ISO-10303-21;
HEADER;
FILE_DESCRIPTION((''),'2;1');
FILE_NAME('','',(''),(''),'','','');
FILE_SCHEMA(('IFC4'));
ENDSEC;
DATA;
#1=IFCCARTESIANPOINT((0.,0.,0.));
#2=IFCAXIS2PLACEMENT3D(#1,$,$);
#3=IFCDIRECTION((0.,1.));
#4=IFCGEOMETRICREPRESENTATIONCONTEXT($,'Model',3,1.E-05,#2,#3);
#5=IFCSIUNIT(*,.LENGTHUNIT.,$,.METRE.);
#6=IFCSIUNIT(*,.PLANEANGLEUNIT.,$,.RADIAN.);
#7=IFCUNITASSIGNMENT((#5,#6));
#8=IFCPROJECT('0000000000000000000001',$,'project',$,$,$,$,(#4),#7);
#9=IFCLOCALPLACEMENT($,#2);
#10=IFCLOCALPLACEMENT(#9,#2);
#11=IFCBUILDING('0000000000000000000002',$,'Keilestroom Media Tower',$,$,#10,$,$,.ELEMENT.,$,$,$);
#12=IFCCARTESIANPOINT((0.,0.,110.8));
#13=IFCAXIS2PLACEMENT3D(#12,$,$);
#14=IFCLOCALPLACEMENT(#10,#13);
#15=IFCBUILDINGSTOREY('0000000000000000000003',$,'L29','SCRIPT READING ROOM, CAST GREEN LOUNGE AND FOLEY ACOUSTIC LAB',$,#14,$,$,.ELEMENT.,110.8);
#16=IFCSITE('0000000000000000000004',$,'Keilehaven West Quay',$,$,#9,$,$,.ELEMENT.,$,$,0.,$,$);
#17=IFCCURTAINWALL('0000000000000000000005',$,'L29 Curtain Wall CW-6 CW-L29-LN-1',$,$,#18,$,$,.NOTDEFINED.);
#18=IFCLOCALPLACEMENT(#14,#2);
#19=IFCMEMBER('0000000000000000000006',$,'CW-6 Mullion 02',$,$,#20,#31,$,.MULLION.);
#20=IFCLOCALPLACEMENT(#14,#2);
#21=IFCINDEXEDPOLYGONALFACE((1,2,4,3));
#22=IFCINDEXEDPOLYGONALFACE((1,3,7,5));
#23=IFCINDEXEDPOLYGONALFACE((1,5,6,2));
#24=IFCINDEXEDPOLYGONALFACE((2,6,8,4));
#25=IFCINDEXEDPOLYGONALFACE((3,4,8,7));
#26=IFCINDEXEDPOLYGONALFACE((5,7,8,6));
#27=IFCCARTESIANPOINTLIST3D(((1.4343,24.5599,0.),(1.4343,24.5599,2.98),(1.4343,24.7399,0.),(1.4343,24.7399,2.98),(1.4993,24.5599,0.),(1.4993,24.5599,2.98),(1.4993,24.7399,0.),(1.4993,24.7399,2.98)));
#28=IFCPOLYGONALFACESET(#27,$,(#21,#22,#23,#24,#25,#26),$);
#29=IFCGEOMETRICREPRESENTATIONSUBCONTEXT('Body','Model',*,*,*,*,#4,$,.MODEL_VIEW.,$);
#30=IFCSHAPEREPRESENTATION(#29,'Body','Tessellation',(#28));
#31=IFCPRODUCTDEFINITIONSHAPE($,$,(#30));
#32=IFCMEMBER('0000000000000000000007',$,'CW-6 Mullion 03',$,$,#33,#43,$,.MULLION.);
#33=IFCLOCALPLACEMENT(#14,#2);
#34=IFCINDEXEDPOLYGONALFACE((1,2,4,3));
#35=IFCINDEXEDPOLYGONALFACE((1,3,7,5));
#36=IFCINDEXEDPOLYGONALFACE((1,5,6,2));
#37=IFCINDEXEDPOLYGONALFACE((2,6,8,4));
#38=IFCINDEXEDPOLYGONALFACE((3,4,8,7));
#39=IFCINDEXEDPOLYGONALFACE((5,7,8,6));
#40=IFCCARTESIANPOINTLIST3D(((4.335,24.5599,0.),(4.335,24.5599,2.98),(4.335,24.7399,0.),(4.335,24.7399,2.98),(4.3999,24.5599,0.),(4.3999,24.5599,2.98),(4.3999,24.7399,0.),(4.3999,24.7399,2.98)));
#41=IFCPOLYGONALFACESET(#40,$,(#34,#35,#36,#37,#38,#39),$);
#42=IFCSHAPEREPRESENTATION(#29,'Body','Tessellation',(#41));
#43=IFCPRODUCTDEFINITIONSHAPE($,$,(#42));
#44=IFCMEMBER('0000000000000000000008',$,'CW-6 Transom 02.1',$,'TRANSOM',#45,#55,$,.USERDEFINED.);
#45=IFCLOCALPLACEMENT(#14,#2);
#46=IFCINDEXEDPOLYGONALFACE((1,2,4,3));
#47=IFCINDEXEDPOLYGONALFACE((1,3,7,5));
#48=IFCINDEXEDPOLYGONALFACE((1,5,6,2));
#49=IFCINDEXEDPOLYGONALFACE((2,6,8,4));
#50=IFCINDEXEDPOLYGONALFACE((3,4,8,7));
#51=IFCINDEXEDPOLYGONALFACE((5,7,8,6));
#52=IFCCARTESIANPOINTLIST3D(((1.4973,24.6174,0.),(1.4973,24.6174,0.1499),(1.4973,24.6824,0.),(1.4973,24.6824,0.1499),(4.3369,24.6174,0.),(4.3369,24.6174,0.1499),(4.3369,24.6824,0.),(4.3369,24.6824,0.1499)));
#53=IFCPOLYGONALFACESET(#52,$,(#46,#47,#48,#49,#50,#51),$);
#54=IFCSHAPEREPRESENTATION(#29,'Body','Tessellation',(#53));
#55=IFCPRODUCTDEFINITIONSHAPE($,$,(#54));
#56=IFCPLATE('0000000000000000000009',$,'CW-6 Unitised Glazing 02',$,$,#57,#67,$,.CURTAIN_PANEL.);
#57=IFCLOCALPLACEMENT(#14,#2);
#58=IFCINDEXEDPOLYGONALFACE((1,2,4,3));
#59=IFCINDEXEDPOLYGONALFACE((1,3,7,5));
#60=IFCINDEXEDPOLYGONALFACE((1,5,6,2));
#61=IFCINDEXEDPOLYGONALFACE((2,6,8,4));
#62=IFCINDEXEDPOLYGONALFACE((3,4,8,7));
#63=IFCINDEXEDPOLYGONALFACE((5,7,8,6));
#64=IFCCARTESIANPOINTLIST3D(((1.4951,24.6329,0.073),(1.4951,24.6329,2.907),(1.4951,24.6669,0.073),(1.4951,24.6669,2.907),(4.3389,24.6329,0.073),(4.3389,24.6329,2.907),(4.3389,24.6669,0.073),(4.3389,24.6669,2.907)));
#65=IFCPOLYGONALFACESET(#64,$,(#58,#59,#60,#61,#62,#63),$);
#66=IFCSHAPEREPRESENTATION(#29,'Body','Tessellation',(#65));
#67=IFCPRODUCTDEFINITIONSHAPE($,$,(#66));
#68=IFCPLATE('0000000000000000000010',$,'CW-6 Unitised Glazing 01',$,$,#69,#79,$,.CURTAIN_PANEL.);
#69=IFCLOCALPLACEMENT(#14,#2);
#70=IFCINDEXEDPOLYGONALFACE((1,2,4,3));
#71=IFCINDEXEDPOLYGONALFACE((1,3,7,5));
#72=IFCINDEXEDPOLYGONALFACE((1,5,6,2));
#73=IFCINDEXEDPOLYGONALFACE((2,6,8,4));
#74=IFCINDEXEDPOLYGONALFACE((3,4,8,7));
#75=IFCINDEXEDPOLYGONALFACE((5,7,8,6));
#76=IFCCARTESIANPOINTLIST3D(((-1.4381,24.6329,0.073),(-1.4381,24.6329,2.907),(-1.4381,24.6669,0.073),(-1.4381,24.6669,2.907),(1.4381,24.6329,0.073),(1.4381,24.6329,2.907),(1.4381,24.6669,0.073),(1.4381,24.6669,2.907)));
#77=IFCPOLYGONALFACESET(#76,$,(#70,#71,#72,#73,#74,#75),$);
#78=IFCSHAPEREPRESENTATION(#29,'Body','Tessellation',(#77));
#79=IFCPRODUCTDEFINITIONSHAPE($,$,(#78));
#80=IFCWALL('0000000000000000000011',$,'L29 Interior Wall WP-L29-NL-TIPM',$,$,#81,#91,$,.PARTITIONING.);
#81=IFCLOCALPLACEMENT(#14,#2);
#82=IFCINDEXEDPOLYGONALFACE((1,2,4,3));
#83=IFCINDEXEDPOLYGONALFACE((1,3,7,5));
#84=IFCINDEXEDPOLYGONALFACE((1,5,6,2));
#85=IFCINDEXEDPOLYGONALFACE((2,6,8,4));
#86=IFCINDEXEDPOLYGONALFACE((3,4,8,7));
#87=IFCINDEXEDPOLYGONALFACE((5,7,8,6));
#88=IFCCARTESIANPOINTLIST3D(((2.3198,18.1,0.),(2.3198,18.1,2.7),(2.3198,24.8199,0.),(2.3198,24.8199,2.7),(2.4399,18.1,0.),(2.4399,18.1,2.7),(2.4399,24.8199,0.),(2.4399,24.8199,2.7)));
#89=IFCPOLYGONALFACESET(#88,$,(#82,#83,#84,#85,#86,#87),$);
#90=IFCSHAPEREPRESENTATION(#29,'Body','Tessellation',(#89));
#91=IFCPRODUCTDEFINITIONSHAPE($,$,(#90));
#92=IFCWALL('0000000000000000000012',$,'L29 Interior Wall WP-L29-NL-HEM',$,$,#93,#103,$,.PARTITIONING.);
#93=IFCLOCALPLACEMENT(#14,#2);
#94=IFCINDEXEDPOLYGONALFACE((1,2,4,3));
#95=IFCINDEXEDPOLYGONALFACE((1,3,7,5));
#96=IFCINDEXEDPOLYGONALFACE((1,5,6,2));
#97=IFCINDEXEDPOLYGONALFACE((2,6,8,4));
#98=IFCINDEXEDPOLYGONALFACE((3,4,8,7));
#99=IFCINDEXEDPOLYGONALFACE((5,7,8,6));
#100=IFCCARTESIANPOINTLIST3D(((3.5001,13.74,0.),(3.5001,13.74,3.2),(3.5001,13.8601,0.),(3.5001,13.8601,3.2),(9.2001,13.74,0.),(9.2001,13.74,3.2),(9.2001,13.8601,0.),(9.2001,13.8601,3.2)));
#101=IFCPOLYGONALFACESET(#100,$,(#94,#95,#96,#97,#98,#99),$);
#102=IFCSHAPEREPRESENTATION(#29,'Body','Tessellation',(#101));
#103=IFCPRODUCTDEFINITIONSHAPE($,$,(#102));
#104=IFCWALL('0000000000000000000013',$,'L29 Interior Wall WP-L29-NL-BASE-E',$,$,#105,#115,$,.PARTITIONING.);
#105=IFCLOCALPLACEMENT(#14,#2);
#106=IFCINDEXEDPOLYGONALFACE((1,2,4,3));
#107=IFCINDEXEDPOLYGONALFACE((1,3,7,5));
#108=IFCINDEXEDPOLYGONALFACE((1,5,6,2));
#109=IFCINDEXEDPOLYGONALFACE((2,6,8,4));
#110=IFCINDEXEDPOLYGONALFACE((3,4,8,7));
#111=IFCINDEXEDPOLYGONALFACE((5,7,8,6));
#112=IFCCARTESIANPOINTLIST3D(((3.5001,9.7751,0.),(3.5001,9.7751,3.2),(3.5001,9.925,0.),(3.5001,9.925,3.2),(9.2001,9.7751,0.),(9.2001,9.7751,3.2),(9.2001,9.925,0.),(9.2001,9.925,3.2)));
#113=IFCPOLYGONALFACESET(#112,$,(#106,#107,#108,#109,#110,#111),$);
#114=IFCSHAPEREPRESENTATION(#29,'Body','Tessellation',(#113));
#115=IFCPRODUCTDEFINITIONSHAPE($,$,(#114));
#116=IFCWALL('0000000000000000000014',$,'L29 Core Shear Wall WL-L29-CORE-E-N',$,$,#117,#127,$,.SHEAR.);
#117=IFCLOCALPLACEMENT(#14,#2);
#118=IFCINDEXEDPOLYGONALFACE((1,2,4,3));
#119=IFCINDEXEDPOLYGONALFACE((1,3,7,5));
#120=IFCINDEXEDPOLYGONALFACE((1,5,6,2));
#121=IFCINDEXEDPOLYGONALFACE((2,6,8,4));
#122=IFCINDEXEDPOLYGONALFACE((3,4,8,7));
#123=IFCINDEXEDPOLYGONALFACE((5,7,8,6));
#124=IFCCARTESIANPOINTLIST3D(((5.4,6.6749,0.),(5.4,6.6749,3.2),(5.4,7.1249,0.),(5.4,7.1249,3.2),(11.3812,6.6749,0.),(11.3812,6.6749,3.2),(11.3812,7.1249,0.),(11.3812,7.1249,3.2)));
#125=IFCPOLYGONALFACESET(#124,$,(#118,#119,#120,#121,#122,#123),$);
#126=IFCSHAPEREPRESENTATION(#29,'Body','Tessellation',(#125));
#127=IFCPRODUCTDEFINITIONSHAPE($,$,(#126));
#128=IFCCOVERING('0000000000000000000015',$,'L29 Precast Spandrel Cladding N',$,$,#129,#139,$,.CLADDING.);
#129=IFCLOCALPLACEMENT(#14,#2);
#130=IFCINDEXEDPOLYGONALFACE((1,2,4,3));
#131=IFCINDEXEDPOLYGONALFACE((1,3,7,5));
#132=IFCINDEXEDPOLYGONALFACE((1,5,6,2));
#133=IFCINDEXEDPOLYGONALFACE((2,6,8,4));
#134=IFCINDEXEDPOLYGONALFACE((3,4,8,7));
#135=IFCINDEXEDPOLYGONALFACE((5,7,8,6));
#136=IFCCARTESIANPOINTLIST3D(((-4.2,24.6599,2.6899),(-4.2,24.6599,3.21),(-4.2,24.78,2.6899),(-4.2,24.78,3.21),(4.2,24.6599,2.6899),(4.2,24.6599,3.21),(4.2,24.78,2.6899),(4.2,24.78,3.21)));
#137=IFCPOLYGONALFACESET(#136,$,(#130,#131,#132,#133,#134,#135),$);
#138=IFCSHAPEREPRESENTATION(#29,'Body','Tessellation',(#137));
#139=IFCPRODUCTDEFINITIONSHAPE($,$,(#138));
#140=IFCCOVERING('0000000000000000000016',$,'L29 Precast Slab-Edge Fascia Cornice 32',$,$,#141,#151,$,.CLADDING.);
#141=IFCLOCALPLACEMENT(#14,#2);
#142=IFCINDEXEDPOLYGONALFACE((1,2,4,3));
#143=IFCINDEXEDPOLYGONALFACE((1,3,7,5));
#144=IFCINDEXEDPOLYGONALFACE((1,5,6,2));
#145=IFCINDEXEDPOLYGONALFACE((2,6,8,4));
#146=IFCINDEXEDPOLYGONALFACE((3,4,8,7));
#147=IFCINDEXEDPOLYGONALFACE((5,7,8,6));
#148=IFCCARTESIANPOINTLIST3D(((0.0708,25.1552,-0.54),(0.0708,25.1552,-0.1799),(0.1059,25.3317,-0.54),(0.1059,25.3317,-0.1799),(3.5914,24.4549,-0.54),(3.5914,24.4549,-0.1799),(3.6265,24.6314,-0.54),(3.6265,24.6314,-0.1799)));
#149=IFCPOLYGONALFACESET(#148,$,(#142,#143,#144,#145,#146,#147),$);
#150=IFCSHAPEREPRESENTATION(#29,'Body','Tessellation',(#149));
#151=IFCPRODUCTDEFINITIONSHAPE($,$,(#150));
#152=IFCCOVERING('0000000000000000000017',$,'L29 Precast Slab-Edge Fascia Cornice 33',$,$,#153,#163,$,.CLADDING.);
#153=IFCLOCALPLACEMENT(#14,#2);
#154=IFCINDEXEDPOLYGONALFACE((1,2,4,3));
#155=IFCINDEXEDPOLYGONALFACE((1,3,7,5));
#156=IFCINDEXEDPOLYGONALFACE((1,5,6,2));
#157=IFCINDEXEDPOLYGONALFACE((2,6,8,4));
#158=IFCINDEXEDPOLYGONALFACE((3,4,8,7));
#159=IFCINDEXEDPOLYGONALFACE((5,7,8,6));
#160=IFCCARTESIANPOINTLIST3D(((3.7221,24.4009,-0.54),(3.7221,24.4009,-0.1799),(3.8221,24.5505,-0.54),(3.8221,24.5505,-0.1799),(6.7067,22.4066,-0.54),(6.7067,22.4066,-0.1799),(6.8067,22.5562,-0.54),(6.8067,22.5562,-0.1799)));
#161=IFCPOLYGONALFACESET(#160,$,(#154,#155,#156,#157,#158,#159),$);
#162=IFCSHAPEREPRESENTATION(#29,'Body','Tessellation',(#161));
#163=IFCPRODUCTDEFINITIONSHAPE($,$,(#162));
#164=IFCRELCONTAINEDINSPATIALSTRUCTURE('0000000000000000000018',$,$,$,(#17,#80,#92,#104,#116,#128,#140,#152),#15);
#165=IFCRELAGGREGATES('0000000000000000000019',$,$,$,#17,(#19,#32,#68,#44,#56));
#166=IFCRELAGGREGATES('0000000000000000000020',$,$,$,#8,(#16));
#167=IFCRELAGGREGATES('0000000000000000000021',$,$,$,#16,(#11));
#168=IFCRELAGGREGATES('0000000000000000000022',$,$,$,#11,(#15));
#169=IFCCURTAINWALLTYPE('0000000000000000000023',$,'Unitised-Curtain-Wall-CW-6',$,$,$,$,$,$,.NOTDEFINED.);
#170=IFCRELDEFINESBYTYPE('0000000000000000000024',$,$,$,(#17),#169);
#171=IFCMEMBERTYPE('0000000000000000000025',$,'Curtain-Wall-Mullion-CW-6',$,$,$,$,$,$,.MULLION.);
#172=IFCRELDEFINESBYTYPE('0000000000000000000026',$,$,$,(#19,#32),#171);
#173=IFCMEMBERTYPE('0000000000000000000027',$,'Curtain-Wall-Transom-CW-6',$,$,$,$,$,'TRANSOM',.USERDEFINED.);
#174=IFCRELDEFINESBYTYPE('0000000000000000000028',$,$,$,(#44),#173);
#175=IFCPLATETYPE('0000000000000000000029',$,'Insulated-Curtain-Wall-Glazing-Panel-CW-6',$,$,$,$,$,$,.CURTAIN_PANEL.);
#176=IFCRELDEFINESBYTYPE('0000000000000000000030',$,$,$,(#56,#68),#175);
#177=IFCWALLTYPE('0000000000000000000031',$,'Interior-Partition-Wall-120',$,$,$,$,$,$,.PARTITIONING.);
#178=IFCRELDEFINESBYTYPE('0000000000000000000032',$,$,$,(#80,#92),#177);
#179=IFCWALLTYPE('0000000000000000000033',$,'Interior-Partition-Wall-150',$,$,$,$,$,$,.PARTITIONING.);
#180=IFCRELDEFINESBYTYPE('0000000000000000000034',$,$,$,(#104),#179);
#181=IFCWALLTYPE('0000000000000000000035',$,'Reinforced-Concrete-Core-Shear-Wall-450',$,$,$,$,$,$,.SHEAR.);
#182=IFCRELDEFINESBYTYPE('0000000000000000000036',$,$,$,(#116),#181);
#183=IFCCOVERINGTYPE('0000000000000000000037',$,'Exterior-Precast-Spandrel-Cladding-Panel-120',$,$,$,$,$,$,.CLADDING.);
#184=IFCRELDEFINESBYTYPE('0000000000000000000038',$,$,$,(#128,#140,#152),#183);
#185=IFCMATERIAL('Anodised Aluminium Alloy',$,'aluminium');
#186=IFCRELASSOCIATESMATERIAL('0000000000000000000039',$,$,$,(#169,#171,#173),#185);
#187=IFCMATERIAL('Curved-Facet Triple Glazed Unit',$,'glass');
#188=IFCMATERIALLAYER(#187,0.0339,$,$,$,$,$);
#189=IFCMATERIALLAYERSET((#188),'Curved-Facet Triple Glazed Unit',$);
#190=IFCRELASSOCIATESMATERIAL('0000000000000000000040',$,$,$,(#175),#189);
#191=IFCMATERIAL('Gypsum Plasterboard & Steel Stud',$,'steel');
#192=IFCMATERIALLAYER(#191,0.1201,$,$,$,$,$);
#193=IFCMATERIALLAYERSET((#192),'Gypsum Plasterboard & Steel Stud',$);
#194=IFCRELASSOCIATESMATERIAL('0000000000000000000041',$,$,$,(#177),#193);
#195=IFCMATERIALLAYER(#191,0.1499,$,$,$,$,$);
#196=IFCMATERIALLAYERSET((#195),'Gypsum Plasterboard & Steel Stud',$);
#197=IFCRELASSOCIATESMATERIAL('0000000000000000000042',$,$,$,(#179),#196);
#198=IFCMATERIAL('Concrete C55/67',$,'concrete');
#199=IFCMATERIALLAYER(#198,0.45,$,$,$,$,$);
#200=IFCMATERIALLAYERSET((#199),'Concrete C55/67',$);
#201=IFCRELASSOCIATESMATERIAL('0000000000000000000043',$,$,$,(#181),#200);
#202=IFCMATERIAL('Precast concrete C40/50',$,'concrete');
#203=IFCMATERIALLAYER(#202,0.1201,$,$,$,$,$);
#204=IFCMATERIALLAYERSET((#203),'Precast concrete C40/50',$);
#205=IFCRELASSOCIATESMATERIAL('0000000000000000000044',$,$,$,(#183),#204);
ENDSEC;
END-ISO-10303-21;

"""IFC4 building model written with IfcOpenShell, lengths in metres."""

from ifc_helpers import new_model, si_unit, direction, frame, frame_2d, origin, origin_2d, place, context, subcontext, project, spatial, rectangle, extrude, source, transform, mapped, material, layer, layer_set, material_profile, profile_set, type_object, element, aggregate, save


model = new_model("IFC4")

# Units and contexts
model_context = context("Model", 3, precision=1e-05, world=origin(), true_north=direction((0.0, 1.0)))
body_context = subcontext(model_context, "Body", "Model", "MODEL_VIEW")
ifc_project = project(units=[si_unit("LENGTHUNIT", "METRE"), si_unit("PLANEANGLEUNIT", "RADIAN")], contexts=[model_context])

# Site, building, storey
site_placement = place(None, origin())
site = spatial("IfcSite", under=ifc_project, at=site_placement, Name="Keilehaven West Quay", CompositionType="ELEMENT", RefElevation=0.0)
building_placement = place(site_placement, origin())
building = spatial("IfcBuilding", under=site, at=building_placement, Name="Keilestroom Media Tower", CompositionType="ELEMENT")
storey_placement = place(building_placement, frame((0.0, 0.0, 110.8)))
storey = spatial("IfcBuildingStorey", under=building, at=storey_placement, Name="L29", Description="SCRIPT READING ROOM, CAST GREEN LOUNGE AND FOLEY ACOUSTIC LAB", CompositionType="ELEMENT", Elevation=110.8)

# Shared definitions
ifc_material_1 = material(Name="Concrete C55/67", Category="concrete")

# Curtain wall, members, plates
ifc_material_2 = material(Name="Anodised Aluminium Alloy", Category="aluminium")
curtain_wall_type = type_object("IfcCurtainWallType", Name="Unitised-Curtain-Wall-CW-6", PredefinedType="NOTDEFINED", material=ifc_material_2)
curtain_wall_placement = place(storey_placement, origin())
curtain_wall = element("IfcCurtainWall", 1, at=curtain_wall_placement, inside=storey, type_object=curtain_wall_type, Name="L29 Curtain Wall CW-6 CW-L29-LN-1", PredefinedType="NOTDEFINED")
ifc_material_profile_1 = material_profile(ifc_material_2, rectangle(XDim=0.0649, YDim=0.1799, at=origin_2d()), Name="ALU MULLION 65x180")
ifc_profile_set_1 = profile_set([ifc_material_profile_1], Name="Anodised Aluminium Alloy")
member_type_1 = type_object("IfcMemberType", Name="Curtain-Wall-Mullion-CW-6", PredefinedType="MULLION", material=ifc_profile_set_1)
shared_shape_1 = source(origin(), body_context, "Body", "SweptSolid", [
    extrude(rectangle(XDim=0.0649, YDim=0.1799, at=origin_2d()), origin(), (0.0, 0.0, 1.0), 2.98),
])
member_1_placement = place(storey_placement, frame((1.4668, 24.6499, 0.0), z_axis=(0.0, 0.0, 1.0), x_axis=(1.0, 0.0, 0.0)))
member_1 = element("IfcMember", 2, at=member_1_placement, type_object=member_type_1, Name="CW-6 Mullion 02", PredefinedType="MULLION", context=body_context, shape_type="MappedRepresentation", body=[
    mapped(shared_shape_1, transform((0.0, 0.0, 0.0), x_axis=(1.0, 0.0, 0.0), y_axis=(0.0, 1.0, 0.0), z_axis=(0.0, 0.0, 1.0), scale=1.0)),
])
member_2_placement = place(storey_placement, frame((4.3674, 24.6499, 0.0), z_axis=(0.0, 0.0, 1.0), x_axis=(1.0, 0.0, 0.0)))
member_2 = element("IfcMember", 3, at=member_2_placement, type_object=member_type_1, Name="CW-6 Mullion 03", PredefinedType="MULLION", context=body_context, shape_type="MappedRepresentation", body=[
    mapped(shared_shape_1, transform((0.0, 0.0, 0.0), x_axis=(1.0, 0.0, 0.0), y_axis=(0.0, 1.0, 0.0), z_axis=(0.0, 0.0, 1.0), scale=1.0)),
])
ifc_material_profile_2 = material_profile(ifc_material_2, rectangle(XDim=0.0649, YDim=0.1499, at=origin_2d()), Name="ALU TRANSOM 65x150")
ifc_profile_set_2 = profile_set([ifc_material_profile_2], Name="Anodised Aluminium Alloy")
member_type_2 = type_object("IfcMemberType", Name="Curtain-Wall-Transom-CW-6", ElementType="TRANSOM", PredefinedType="USERDEFINED", material=ifc_profile_set_2)
shared_shape_2 = source(origin(), body_context, "Body", "SweptSolid", [
    extrude(rectangle(XDim=0.0649, YDim=0.1499, at=origin_2d()), origin(), (0.0, 0.0, 1.0), 2.8396),
])
member_3_placement = place(storey_placement, frame((1.4973, 24.6499, 0.075), z_axis=(1.0, 0.0, 0.0), x_axis=(0.0, 1.0, 0.0)))
member_3 = element("IfcMember", 4, at=member_3_placement, type_object=member_type_2, Name="CW-6 Transom 02.1", ObjectType="TRANSOM", PredefinedType="USERDEFINED", context=body_context, shape_type="MappedRepresentation", body=[
    mapped(shared_shape_2, transform((0.0, 0.0, 0.0), x_axis=(1.0, 0.0, 0.0), y_axis=(0.0, 1.0, 0.0), z_axis=(0.0, 0.0, 1.0), scale=1.0)),
])
ifc_material_3 = material(Name="Curved-Facet Triple Glazed Unit", Category="glass")
ifc_layer_1 = layer(ifc_material_3, 0.0339)
ifc_layer_set_1 = layer_set([ifc_layer_1], Name="Curved-Facet Triple Glazed Unit")
plate_type = type_object("IfcPlateType", Name="Insulated-Curtain-Wall-Glazing-Panel-CW-6", PredefinedType="CURTAIN_PANEL", material=ifc_layer_set_1)
shared_shape_3 = source(origin(), body_context, "Body", "SweptSolid", [
    extrude(rectangle(XDim=2.8438, YDim=0.0339, at=origin_2d()), origin(), (0.0, 0.0, 1.0), 2.834),
])
plate_1_placement = place(storey_placement, frame((2.917, 24.6499, 0.073), z_axis=(0.0, 0.0, 1.0), x_axis=(1.0, 0.0, 0.0)))
plate_1 = element("IfcPlate", 5, at=plate_1_placement, type_object=plate_type, Name="CW-6 Unitised Glazing 02", PredefinedType="CURTAIN_PANEL", context=body_context, shape_type="MappedRepresentation", body=[
    mapped(shared_shape_3, transform((0.0, 0.0, 0.0), x_axis=(1.0, 0.0, 0.0), y_axis=(0.0, 1.0, 0.0), z_axis=(0.0, 0.0, 1.0), scale=1.0)),
])
shared_shape_4 = source(origin(), body_context, "Body", "SweptSolid", [
    extrude(rectangle(XDim=2.8762, YDim=0.0339, at=origin_2d()), origin(), (0.0, 0.0, 1.0), 2.834),
])
plate_2_placement = place(storey_placement, frame((0.0, 24.6499, 0.073), z_axis=(0.0, 0.0, 1.0), x_axis=(1.0, 0.0, 0.0)))
plate_2 = element("IfcPlate", 6, at=plate_2_placement, type_object=plate_type, Name="CW-6 Unitised Glazing 01", PredefinedType="CURTAIN_PANEL", context=body_context, shape_type="MappedRepresentation", body=[
    mapped(shared_shape_4, transform((0.0, 0.0, 0.0), x_axis=(1.0, 0.0, 0.0), y_axis=(0.0, 1.0, 0.0), z_axis=(0.0, 0.0, 1.0), scale=1.0)),
])
aggregate(curtain_wall, [member_1, member_2, plate_2, member_3, plate_1])

# Shared definitions
ifc_material_4 = material(Name="Gypsum Plasterboard & Steel Stud", Category="steel")
ifc_layer_2 = layer(ifc_material_4, 0.1201)
ifc_layer_set_2 = layer_set([ifc_layer_2], Name="Gypsum Plasterboard & Steel Stud")
wall_type_1 = type_object("IfcWallType", Name="Interior-Partition-Wall-120", PredefinedType="PARTITIONING", material=ifc_layer_set_2)

# Walls
wall_1_placement = place(storey_placement, frame((2.3799, 18.1001, 0.0), z_axis=(0.0, 0.0, 1.0), x_axis=(0.0, 1.0, 0.0)))
element("IfcWall", 7, at=wall_1_placement, inside=storey, type_object=wall_type_1, Name="L29 Interior Wall WP-L29-NL-TIPM", PredefinedType="PARTITIONING", context=body_context, shape_type="SweptSolid", body=[
    extrude(rectangle(XDim=6.72, YDim=0.1201, at=frame_2d((3.3599, 0.0))), origin(), (0.0, 0.0, 1.0), 2.7),
])
wall_2_placement = place(storey_placement, frame((3.5, 13.8, 0.0), z_axis=(0.0, 0.0, 1.0), x_axis=(1.0, 0.0, 0.0)))
element("IfcWall", 8, at=wall_2_placement, inside=storey, type_object=wall_type_1, Name="L29 Interior Wall WP-L29-NL-HEM", PredefinedType="PARTITIONING", context=body_context, shape_type="SweptSolid", body=[
    extrude(rectangle(XDim=5.7, YDim=0.1201, at=frame_2d((2.8501, 0.0))), origin(), (0.0, 0.0, 1.0), 3.2),
])
ifc_layer_3 = layer(ifc_material_4, 0.1499)
ifc_layer_set_3 = layer_set([ifc_layer_3], Name="Gypsum Plasterboard & Steel Stud")
wall_type_2 = type_object("IfcWallType", Name="Interior-Partition-Wall-150", PredefinedType="PARTITIONING", material=ifc_layer_set_3)
wall_3_placement = place(storey_placement, frame((3.5, 9.8501, 0.0), z_axis=(0.0, 0.0, 1.0), x_axis=(1.0, 0.0, 0.0)))
element("IfcWall", 9, at=wall_3_placement, inside=storey, type_object=wall_type_2, Name="L29 Interior Wall WP-L29-NL-BASE-E", PredefinedType="PARTITIONING", context=body_context, shape_type="SweptSolid", body=[
    extrude(rectangle(XDim=5.7, YDim=0.1499, at=frame_2d((2.8501, 0.0))), origin(), (0.0, 0.0, 1.0), 3.2),
])
ifc_layer_4 = layer(ifc_material_1, 0.45)
ifc_layer_set_4 = layer_set([ifc_layer_4], Name="Concrete C55/67")
wall_type_3 = type_object("IfcWallType", Name="Reinforced-Concrete-Core-Shear-Wall-450", PredefinedType="SHEAR", material=ifc_layer_set_4)
wall_4_placement = place(storey_placement, frame((5.3999, 6.8999, 0.0), z_axis=(0.0, 0.0, 1.0), x_axis=(1.0, 0.0, 0.0)))
element("IfcWall", 10, at=wall_4_placement, inside=storey, type_object=wall_type_3, Name="L29 Core Shear Wall WL-L29-CORE-E-N", PredefinedType="SHEAR", context=body_context, shape_type="SweptSolid", body=[
    extrude(rectangle(XDim=5.9812, YDim=0.45, at=frame_2d((2.9907, 0.0))), origin(), (0.0, 0.0, 1.0), 3.2),
])

# Coverings
ifc_material_5 = material(Name="Precast concrete C40/50", Category="concrete")
ifc_layer_5 = layer(ifc_material_5, 0.1201)
ifc_layer_set_5 = layer_set([ifc_layer_5], Name="Precast concrete C40/50")
covering_type = type_object("IfcCoveringType", Name="Exterior-Precast-Spandrel-Cladding-Panel-120", PredefinedType="CLADDING", material=ifc_layer_set_5)
shared_shape_5 = source(origin(), body_context, "Body", "SweptSolid", [
    extrude(rectangle(XDim=8.3999, YDim=0.1201, at=origin_2d()), origin(), (0.0, 0.0, 1.0), 0.52),
])
covering_placement = place(storey_placement, frame((0.0, 24.72, 2.6899), z_axis=(0.0, 0.0, 1.0), x_axis=(1.0, 0.0, 0.0)))
element("IfcCovering", 11, at=covering_placement, inside=storey, type_object=covering_type, Name="L29 Precast Spandrel Cladding N", PredefinedType="CLADDING", context=body_context, shape_type="MappedRepresentation", body=[
    mapped(shared_shape_5, transform((0.0, 0.0, 0.0), x_axis=(1.0, 0.0, 0.0), y_axis=(0.0, 1.0, 0.0), z_axis=(0.0, 0.0, 1.0), scale=1.0)),
])
shared_shape_6 = source(origin(), body_context, "Body", "SweptSolid", [
    extrude(rectangle(XDim=3.5896, YDim=0.1799, at=origin_2d()), origin(), (0.0, 0.0, 1.0), 0.3601),
])
for number, where, z_axis, x_axis, name in (
    (12, (1.8486, 24.8933, -0.54), (0.0, 0.0, 1.0), (0.980784, -0.195099, 0.0), "L29 Precast Slab-Edge Fascia Cornice 32"),
    (13, (5.2644, 23.4785, -0.54), (0.0, 0.0, 1.0), (0.831467, -0.555575, 0.0), "L29 Precast Slab-Edge Fascia Cornice 33"),
):
    element("IfcCovering", number, at=place(storey_placement, frame(where, z_axis=z_axis, x_axis=x_axis)), inside=storey, type_object=covering_type, Name=name, PredefinedType="CLADDING", context=body_context, shape_type="MappedRepresentation", body=[
        mapped(shared_shape_6, transform((0.0, 0.0, 0.0), x_axis=(1.0, 0.0, 0.0), y_axis=(0.0, 1.0, 0.0), z_axis=(0.0, 0.0, 1.0), scale=1.0)),
    ])

save(model, "model.ifc")
